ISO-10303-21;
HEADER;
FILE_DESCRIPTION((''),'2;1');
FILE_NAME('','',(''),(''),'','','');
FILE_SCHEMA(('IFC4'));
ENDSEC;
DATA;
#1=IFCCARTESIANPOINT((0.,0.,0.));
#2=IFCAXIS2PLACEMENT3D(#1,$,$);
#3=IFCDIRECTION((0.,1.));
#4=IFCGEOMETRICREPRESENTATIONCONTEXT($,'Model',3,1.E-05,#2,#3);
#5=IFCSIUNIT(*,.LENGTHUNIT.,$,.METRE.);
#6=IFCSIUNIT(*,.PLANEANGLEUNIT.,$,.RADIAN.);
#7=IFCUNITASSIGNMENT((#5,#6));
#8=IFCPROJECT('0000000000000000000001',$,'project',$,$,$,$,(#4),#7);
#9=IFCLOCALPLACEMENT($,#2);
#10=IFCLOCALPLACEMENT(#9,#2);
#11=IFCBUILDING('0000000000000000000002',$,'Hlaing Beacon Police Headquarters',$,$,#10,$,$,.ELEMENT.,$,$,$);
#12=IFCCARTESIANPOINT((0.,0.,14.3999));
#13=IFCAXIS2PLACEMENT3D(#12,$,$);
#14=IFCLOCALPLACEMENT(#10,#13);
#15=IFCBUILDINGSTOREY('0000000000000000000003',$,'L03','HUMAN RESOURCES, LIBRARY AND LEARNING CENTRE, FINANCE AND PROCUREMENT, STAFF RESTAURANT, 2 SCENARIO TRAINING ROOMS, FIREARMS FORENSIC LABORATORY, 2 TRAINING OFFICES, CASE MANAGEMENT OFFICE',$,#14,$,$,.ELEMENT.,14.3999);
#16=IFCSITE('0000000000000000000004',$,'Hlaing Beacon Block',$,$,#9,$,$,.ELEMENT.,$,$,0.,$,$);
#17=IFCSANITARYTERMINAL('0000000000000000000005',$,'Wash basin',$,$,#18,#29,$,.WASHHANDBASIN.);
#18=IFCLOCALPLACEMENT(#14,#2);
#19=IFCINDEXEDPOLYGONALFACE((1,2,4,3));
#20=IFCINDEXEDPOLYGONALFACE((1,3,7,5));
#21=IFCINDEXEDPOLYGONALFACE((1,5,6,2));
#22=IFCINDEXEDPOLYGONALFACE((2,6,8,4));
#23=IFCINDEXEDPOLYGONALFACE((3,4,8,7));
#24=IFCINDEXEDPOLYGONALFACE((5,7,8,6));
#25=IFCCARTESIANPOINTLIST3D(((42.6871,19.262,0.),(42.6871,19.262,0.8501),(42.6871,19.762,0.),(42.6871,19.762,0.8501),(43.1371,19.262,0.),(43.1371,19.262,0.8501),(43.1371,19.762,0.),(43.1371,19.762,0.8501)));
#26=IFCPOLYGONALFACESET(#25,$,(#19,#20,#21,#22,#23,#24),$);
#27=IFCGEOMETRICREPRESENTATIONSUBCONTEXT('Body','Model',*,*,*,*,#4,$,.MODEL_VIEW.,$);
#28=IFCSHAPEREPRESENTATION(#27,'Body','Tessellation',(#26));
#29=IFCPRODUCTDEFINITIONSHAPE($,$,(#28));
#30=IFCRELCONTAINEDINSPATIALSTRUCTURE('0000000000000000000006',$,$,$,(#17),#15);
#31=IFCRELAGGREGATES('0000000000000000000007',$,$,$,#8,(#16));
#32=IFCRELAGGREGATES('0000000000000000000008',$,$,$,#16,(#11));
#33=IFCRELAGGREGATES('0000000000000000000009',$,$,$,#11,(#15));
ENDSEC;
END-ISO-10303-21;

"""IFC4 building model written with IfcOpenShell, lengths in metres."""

from ifc_helpers import new_model, si_unit, direction, frame, origin, origin_2d, place, context, subcontext, project, spatial, rectangle, extrude, element, save


model = new_model("IFC4")

# Units and contexts
model_context = context("Model", 3, precision=1e-05, world=origin(), true_north=direction((0.0, 1.0)))
body_context = subcontext(model_context, "Body", "Model", "MODEL_VIEW")
ifc_project = project(units=[si_unit("LENGTHUNIT", "METRE"), si_unit("PLANEANGLEUNIT", "RADIAN")], contexts=[model_context])

# Site, building, storey
site_placement = place(None, origin())
site = spatial("IfcSite", under=ifc_project, at=site_placement, Name="Hlaing Beacon Block", CompositionType="ELEMENT", RefElevation=0.0)
building_placement = place(site_placement, origin())
building = spatial("IfcBuilding", under=site, at=building_placement, Name="Hlaing Beacon Police Headquarters", CompositionType="ELEMENT")
storey_placement = place(building_placement, frame((0.0, 0.0, 14.3999)))
storey = spatial("IfcBuildingStorey", under=building, at=storey_placement, Name="L03", Description="HUMAN RESOURCES, LIBRARY AND LEARNING CENTRE, FINANCE AND PROCUREMENT, STAFF RESTAURANT, 2 SCENARIO TRAINING ROOMS, FIREARMS FORENSIC LABORATORY, 2 TRAINING OFFICES, CASE MANAGEMENT OFFICE", CompositionType="ELEMENT", Elevation=14.3999)

# Sanitary terminal
sanitary_terminal_placement = place(storey_placement, frame((42.9121, 19.512, 0.0), z_axis=(0.0, 0.0, 1.0), x_axis=(1.0, 0.0, 0.0)))
element("IfcSanitaryTerminal", 1, at=sanitary_terminal_placement, inside=storey, Name="Wash basin", PredefinedType="WASHHANDBASIN", context=body_context, shape_type="SweptSolid", body=[
    extrude(rectangle(XDim=0.45, YDim=0.5, at=origin_2d()), origin(), (0.0, 0.0, 1.0), 0.8501),
])

save(model, "model.ifc")
